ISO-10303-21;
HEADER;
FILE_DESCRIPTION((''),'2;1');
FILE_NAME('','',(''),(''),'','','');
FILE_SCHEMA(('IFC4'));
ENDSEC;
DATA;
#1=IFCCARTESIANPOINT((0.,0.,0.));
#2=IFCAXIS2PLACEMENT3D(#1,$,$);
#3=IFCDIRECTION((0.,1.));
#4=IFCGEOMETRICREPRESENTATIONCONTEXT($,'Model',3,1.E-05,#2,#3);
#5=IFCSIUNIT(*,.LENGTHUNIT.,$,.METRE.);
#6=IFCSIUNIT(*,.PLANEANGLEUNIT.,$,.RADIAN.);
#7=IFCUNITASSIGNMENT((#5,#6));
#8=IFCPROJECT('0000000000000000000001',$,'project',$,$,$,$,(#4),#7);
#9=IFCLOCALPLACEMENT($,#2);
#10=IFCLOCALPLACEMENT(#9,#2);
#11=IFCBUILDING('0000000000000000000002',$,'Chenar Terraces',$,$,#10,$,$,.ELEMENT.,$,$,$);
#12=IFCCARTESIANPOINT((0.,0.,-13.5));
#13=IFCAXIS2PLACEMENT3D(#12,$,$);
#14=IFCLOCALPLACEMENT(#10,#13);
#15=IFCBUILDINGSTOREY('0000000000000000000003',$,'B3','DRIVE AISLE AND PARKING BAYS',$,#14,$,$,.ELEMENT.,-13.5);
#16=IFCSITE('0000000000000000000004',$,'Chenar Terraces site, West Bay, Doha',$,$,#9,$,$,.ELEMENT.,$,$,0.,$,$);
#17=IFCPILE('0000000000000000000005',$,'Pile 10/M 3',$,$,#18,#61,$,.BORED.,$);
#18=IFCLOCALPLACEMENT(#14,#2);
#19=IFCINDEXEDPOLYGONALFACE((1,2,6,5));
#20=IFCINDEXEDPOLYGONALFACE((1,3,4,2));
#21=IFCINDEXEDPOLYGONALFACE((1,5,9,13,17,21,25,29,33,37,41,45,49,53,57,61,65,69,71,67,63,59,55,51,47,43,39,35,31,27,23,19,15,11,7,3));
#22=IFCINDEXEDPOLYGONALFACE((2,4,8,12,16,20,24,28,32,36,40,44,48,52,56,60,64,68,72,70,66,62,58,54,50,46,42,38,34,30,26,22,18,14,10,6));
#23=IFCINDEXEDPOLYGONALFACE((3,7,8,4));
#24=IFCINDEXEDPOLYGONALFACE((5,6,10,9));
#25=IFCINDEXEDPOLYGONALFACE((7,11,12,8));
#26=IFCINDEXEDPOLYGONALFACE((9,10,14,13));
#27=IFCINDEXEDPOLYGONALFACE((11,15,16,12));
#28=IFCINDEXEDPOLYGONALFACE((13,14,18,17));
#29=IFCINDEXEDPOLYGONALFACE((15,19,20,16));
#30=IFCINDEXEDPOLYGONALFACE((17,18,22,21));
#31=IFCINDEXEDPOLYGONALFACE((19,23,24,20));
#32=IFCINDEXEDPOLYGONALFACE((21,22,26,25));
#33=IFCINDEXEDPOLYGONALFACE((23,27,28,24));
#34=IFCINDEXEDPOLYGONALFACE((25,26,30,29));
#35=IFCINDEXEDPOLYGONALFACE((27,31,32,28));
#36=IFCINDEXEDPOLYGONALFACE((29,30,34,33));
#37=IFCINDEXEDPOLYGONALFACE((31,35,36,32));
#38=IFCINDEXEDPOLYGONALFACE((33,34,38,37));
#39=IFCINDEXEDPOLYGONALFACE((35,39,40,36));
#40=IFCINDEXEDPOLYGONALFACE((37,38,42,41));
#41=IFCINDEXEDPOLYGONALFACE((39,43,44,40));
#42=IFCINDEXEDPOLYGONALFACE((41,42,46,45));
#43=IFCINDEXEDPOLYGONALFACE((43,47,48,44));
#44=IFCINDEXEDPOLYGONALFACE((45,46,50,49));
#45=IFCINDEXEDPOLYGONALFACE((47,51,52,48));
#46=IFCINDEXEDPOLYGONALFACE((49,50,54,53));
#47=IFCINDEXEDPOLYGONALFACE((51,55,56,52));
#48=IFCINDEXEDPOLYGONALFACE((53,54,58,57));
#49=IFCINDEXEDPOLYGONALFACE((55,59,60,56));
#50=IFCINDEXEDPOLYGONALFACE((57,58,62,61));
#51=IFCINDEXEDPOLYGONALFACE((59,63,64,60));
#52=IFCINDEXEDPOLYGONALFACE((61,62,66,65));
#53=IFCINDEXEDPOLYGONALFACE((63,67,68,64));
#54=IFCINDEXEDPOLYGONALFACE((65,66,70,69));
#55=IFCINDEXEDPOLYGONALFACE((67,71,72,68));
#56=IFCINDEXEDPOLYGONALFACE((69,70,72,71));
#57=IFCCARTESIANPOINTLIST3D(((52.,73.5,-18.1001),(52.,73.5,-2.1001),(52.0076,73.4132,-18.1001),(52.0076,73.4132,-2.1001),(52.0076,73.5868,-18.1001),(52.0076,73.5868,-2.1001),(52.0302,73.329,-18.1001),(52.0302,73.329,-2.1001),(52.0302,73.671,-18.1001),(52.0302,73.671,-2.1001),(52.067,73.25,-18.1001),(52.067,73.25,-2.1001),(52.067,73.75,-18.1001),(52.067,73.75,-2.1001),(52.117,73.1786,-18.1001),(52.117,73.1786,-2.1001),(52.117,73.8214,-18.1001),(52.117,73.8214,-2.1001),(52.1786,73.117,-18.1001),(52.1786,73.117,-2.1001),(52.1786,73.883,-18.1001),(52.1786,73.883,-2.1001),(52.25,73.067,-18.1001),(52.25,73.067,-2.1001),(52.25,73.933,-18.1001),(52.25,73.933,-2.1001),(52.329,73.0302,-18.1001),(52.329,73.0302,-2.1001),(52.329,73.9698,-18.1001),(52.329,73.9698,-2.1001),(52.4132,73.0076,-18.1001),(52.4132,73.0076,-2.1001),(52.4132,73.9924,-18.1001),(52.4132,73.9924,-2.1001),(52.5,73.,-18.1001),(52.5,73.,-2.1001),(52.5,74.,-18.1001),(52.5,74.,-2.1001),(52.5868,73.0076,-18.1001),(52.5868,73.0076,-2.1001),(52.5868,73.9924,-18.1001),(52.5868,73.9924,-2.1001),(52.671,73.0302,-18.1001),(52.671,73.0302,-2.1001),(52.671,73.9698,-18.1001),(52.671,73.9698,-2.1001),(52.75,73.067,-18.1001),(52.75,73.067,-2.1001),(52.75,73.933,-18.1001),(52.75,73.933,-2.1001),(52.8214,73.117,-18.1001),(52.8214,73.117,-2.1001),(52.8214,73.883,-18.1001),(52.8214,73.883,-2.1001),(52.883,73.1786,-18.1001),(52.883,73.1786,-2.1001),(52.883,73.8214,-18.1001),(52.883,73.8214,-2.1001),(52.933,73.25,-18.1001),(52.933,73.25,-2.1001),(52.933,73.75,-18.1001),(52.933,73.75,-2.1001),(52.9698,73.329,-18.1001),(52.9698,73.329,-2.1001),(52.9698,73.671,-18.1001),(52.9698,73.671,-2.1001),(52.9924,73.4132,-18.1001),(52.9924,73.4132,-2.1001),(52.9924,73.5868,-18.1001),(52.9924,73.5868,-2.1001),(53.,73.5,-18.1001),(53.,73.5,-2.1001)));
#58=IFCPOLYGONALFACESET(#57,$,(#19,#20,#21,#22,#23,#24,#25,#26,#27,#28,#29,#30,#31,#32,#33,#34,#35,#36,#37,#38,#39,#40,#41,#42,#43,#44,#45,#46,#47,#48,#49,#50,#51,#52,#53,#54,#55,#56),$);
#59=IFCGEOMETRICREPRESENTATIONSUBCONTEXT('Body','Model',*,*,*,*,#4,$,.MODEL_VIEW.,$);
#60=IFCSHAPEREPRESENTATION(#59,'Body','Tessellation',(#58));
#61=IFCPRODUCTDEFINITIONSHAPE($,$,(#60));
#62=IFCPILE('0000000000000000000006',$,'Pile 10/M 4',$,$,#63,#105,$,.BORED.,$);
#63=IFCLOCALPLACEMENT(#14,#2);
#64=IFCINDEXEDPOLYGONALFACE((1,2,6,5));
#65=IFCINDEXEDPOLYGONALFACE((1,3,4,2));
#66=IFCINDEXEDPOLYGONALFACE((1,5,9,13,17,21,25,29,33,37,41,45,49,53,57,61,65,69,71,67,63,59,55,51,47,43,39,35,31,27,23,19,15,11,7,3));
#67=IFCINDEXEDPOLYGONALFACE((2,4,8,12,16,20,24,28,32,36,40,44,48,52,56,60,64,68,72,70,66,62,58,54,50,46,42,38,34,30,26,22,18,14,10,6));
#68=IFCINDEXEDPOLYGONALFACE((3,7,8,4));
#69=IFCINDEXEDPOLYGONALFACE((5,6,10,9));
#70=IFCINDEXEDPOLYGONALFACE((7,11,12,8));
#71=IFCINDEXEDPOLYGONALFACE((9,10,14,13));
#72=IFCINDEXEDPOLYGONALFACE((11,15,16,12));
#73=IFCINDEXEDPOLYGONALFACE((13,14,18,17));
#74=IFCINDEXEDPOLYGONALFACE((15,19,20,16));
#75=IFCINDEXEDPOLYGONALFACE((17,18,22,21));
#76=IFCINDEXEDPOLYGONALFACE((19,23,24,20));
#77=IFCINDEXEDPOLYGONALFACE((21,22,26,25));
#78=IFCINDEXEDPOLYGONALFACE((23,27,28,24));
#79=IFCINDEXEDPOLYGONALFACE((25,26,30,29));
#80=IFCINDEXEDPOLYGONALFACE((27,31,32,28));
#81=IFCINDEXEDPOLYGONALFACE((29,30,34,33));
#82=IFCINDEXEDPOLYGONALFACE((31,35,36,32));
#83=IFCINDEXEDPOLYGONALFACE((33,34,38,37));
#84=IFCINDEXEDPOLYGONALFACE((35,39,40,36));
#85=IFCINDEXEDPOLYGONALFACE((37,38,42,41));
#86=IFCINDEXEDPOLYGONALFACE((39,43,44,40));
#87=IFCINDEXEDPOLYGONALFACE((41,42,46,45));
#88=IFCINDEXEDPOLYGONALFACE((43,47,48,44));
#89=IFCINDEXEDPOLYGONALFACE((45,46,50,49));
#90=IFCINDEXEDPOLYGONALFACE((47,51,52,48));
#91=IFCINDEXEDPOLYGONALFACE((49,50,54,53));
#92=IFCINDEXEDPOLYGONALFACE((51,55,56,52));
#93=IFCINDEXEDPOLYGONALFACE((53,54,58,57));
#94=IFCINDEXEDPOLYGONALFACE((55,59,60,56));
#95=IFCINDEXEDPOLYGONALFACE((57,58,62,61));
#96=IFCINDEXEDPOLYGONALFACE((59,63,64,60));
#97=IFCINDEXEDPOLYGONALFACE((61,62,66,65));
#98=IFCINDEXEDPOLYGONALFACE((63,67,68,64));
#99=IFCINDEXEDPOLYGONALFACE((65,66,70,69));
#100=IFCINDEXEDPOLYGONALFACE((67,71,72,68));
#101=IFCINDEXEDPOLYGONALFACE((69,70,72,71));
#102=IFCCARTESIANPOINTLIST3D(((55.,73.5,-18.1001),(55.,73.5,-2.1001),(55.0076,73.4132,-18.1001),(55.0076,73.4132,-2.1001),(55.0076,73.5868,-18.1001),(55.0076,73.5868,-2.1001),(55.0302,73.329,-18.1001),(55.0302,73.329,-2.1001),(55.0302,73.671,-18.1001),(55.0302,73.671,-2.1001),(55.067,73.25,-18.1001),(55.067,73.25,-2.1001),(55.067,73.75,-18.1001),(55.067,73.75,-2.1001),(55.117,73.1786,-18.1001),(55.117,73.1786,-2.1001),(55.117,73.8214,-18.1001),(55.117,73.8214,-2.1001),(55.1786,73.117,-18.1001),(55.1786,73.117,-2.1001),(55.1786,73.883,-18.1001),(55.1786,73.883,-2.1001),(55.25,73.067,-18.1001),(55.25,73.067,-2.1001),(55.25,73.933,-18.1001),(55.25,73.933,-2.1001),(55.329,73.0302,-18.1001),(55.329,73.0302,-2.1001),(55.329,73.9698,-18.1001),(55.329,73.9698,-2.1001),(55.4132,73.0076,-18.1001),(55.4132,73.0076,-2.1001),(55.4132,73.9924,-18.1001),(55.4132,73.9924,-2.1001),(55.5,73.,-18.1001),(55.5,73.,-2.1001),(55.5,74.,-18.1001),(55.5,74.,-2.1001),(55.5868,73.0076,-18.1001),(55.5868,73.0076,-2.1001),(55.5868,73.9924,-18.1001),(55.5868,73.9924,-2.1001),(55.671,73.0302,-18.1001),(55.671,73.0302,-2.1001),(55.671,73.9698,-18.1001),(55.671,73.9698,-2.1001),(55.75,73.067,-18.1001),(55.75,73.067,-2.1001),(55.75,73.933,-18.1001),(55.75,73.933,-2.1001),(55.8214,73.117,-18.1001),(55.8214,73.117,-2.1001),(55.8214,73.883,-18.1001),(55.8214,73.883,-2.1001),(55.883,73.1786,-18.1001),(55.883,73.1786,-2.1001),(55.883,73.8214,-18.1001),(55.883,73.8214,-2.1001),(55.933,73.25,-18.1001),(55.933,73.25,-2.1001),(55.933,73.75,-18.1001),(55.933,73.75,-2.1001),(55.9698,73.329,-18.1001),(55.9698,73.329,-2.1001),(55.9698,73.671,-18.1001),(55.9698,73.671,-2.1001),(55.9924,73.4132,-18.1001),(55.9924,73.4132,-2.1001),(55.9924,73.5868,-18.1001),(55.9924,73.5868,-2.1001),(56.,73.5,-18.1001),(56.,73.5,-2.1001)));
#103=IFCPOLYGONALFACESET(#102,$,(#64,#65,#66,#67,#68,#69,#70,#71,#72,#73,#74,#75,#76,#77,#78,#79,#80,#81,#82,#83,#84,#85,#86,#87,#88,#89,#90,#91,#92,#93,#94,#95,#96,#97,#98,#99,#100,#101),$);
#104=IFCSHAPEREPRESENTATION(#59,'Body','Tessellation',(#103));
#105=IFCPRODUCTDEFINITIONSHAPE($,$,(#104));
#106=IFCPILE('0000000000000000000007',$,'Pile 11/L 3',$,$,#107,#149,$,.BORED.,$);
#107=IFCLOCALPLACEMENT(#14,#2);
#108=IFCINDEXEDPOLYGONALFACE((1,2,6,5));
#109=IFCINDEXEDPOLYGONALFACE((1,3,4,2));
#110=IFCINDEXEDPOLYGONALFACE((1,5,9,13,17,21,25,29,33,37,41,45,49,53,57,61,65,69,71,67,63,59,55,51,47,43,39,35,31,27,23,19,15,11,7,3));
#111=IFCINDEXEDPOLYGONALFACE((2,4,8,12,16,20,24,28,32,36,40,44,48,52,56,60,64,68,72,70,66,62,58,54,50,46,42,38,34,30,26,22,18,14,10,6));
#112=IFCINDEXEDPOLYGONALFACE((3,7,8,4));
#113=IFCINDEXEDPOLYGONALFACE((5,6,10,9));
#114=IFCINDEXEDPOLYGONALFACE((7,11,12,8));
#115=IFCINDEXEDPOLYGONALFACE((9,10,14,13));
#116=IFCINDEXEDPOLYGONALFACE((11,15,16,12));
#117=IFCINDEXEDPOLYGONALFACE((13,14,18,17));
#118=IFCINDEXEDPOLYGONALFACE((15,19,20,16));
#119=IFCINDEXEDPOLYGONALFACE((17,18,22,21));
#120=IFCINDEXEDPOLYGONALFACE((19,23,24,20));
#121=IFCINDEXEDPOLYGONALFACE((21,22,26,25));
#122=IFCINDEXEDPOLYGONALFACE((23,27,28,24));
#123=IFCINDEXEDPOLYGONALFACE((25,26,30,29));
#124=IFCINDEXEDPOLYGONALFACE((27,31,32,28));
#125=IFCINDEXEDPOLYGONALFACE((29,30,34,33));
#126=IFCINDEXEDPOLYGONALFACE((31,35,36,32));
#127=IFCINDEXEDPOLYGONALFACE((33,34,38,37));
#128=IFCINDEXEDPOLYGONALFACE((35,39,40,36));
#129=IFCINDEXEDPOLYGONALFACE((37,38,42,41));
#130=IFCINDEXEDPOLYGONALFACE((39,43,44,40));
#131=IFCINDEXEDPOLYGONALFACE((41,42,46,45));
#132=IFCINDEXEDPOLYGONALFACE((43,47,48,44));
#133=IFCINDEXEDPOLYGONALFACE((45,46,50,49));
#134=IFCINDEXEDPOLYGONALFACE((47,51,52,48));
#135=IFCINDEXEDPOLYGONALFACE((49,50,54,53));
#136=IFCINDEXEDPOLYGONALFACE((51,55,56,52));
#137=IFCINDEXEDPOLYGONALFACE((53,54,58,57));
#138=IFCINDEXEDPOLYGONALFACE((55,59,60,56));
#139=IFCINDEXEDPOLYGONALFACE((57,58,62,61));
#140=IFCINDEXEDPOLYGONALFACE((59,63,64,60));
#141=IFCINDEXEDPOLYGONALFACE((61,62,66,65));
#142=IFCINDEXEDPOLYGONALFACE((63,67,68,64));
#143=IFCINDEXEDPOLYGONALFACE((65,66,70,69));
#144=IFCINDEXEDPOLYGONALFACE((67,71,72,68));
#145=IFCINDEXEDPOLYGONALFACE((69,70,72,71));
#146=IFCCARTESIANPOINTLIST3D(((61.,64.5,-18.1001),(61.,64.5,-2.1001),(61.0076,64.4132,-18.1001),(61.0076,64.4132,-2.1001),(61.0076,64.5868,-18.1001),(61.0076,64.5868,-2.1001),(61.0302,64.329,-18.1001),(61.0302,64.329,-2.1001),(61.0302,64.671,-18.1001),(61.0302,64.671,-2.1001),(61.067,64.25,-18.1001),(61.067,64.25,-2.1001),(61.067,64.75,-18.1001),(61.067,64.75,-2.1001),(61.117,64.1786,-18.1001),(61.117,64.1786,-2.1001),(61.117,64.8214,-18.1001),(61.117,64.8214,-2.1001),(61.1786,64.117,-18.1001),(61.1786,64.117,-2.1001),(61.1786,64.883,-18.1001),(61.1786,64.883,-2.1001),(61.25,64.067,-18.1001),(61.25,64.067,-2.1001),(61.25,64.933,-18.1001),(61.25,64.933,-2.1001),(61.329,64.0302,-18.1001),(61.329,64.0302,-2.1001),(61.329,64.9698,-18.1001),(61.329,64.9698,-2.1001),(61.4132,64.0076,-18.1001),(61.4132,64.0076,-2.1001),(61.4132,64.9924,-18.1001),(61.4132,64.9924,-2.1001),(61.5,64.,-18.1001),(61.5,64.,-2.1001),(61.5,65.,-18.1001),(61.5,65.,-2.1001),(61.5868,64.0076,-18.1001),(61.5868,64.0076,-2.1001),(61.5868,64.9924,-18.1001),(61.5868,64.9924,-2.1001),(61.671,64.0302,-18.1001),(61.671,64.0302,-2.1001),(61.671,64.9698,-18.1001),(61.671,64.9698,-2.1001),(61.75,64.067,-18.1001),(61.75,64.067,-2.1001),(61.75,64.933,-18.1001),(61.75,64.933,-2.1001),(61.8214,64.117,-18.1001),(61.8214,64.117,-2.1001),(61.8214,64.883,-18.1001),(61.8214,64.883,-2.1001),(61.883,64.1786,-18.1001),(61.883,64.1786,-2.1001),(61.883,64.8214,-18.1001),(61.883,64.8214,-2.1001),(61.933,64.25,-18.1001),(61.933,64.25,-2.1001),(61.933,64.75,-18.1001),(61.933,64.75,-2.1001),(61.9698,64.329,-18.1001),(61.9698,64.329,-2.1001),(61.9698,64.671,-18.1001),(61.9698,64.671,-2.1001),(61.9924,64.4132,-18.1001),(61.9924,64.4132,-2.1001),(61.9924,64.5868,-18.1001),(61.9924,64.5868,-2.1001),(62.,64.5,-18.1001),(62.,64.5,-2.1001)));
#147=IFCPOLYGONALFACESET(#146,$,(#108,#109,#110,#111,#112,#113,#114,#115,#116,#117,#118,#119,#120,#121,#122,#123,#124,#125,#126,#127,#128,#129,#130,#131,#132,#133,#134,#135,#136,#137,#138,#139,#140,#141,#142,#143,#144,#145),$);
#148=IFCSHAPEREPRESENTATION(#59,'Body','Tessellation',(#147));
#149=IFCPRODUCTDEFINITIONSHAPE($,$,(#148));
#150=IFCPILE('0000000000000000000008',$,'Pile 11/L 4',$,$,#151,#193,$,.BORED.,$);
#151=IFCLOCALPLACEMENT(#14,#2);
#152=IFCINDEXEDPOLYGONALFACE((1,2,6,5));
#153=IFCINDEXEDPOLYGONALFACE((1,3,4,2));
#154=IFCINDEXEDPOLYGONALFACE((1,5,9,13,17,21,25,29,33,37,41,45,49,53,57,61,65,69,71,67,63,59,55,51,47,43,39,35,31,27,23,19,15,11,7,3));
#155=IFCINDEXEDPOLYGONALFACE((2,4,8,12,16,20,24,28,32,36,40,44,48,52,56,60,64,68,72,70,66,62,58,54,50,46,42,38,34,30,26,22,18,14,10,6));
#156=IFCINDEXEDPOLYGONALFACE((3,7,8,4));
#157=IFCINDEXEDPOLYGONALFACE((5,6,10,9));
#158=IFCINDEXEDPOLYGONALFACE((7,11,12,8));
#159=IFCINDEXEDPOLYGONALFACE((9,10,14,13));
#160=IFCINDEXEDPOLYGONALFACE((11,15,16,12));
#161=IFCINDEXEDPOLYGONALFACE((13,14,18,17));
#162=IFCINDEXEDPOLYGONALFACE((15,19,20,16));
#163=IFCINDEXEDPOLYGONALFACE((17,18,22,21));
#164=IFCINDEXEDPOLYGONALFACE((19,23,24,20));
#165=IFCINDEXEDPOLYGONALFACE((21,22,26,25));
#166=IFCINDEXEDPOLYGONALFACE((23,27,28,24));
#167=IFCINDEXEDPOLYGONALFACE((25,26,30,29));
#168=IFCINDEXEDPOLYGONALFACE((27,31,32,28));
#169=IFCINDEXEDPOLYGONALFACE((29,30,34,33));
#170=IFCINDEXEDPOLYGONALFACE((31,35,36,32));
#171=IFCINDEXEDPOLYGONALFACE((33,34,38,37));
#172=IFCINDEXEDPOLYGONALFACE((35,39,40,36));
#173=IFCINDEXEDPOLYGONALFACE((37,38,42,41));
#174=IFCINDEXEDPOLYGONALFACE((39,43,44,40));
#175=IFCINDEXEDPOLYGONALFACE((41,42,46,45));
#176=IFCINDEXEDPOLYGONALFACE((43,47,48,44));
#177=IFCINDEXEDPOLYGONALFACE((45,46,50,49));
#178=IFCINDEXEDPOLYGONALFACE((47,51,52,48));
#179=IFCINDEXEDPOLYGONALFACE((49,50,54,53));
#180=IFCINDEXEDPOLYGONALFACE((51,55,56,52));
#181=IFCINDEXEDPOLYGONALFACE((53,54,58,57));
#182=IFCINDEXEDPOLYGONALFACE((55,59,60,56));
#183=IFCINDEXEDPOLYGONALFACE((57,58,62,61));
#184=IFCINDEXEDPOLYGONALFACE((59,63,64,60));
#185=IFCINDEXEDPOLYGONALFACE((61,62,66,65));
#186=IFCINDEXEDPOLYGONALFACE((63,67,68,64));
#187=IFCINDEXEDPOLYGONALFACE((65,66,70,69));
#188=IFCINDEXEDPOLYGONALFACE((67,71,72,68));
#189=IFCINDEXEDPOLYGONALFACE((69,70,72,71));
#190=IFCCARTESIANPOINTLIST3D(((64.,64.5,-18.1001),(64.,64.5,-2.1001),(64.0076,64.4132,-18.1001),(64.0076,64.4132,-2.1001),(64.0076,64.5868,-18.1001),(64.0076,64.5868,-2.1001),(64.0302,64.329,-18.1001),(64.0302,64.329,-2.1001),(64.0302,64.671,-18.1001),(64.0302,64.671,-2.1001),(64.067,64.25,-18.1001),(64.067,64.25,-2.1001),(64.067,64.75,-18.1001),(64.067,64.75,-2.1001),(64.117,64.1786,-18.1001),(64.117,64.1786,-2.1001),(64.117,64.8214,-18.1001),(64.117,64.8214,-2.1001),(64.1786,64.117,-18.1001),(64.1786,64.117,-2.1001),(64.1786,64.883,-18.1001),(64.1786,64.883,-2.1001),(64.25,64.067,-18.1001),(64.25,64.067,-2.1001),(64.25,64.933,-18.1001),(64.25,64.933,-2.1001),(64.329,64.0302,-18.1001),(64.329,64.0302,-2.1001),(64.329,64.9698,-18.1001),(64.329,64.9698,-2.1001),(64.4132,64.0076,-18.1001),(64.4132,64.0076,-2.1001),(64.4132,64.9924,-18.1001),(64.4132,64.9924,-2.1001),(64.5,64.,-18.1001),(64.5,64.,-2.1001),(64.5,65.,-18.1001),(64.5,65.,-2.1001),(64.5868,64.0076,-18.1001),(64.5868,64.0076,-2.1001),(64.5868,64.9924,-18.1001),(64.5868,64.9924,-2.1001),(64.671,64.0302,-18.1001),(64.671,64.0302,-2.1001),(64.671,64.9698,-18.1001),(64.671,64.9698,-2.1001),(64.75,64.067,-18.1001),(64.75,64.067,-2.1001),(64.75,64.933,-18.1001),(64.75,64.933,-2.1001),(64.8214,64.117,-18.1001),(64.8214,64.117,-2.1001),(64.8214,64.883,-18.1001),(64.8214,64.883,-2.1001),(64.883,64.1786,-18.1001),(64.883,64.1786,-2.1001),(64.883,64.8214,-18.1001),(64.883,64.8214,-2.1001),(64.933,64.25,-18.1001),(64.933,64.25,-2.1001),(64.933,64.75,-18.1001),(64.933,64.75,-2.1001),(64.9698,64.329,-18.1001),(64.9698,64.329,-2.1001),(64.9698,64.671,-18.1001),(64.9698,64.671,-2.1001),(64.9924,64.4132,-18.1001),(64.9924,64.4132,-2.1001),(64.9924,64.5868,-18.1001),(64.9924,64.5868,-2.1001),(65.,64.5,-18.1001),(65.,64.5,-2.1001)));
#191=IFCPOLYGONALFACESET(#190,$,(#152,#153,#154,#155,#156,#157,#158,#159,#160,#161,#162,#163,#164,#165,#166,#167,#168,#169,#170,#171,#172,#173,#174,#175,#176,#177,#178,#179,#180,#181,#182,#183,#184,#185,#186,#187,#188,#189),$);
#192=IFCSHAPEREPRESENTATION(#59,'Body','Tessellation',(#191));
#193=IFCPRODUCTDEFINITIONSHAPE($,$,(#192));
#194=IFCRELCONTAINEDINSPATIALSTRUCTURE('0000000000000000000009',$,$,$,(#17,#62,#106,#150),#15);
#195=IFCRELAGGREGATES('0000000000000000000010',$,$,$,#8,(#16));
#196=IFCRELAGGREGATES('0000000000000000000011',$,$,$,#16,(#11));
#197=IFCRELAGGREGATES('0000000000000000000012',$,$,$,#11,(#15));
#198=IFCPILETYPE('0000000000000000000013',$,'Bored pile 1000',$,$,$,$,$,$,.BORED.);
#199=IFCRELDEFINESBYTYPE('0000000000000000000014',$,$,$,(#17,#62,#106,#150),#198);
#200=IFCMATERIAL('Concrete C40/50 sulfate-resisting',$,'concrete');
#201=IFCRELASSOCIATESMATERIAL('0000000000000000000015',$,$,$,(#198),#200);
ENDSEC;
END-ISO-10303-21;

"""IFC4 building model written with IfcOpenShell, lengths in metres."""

from ifc_helpers import new_model, si_unit, direction, frame, origin, origin_2d, place, context, subcontext, project, spatial, circle, extrude, material, material_profile, profile_set, type_object, element, save


model = new_model("IFC4")

# Units and contexts
model_context = context("Model", 3, precision=1e-05, world=origin(), true_north=direction((0.0, 1.0)))
body_context = subcontext(model_context, "Body", "Model", "MODEL_VIEW")
ifc_project = project(units=[si_unit("LENGTHUNIT", "METRE"), si_unit("PLANEANGLEUNIT", "RADIAN")], contexts=[model_context])

# Site, building, storey
site_placement = place(None, origin())
site = spatial("IfcSite", under=ifc_project, at=site_placement, Name="Chenar Terraces site, West Bay, Doha", CompositionType="ELEMENT", RefElevation=0.0)
building_placement = place(site_placement, origin())
building = spatial("IfcBuilding", under=site, at=building_placement, Name="Chenar Terraces", CompositionType="ELEMENT")
storey_placement = place(building_placement, frame((0.0, 0.0, -13.5)))
storey = spatial("IfcBuildingStorey", under=building, at=storey_placement, Name="B3", Description="DRIVE AISLE AND PARKING BAYS", CompositionType="ELEMENT", Elevation=-13.5)

# Piles
ifc_material_1 = material(Name="Concrete C40/50 sulfate-resisting", Category="concrete")
ifc_material_profile_1 = material_profile(ifc_material_1, circle(Radius=0.5, at=origin_2d()), Name="BP 1000")
ifc_profile_set_1 = profile_set([ifc_material_profile_1], Name="Concrete C40/50 sulfate-resisting")
pile_type = type_object("IfcPileType", Name="Bored pile 1000", PredefinedType="BORED", material=ifc_profile_set_1)
for number, where, z_axis, x_axis, name in (
    (1, (52.5, 73.5, -2.1001), (0.0, 0.0, -1.0), (1.0, 0.0, 0.0), "Pile 10/M 3"),
    (2, (55.5, 73.5, -2.1001), (0.0, 0.0, -1.0), (1.0, 0.0, 0.0), "Pile 10/M 4"),
    (3, (61.5, 64.5, -2.1001), (0.0, 0.0, -1.0), (1.0, 0.0, 0.0), "Pile 11/L 3"),
    (4, (64.5, 64.5, -2.1001), (0.0, 0.0, -1.0), (1.0, 0.0, 0.0), "Pile 11/L 4"),
):
    element("IfcPile", number, at=place(storey_placement, frame(where, z_axis=z_axis, x_axis=x_axis)), inside=storey, type_object=pile_type, Name=name, PredefinedType="BORED", context=body_context, shape_type="SweptSolid", body=[
        extrude(circle(Radius=0.5, at=origin_2d()), origin(), (0.0, 0.0, 1.0), 16.0),
    ])

save(model, "model.ifc")
